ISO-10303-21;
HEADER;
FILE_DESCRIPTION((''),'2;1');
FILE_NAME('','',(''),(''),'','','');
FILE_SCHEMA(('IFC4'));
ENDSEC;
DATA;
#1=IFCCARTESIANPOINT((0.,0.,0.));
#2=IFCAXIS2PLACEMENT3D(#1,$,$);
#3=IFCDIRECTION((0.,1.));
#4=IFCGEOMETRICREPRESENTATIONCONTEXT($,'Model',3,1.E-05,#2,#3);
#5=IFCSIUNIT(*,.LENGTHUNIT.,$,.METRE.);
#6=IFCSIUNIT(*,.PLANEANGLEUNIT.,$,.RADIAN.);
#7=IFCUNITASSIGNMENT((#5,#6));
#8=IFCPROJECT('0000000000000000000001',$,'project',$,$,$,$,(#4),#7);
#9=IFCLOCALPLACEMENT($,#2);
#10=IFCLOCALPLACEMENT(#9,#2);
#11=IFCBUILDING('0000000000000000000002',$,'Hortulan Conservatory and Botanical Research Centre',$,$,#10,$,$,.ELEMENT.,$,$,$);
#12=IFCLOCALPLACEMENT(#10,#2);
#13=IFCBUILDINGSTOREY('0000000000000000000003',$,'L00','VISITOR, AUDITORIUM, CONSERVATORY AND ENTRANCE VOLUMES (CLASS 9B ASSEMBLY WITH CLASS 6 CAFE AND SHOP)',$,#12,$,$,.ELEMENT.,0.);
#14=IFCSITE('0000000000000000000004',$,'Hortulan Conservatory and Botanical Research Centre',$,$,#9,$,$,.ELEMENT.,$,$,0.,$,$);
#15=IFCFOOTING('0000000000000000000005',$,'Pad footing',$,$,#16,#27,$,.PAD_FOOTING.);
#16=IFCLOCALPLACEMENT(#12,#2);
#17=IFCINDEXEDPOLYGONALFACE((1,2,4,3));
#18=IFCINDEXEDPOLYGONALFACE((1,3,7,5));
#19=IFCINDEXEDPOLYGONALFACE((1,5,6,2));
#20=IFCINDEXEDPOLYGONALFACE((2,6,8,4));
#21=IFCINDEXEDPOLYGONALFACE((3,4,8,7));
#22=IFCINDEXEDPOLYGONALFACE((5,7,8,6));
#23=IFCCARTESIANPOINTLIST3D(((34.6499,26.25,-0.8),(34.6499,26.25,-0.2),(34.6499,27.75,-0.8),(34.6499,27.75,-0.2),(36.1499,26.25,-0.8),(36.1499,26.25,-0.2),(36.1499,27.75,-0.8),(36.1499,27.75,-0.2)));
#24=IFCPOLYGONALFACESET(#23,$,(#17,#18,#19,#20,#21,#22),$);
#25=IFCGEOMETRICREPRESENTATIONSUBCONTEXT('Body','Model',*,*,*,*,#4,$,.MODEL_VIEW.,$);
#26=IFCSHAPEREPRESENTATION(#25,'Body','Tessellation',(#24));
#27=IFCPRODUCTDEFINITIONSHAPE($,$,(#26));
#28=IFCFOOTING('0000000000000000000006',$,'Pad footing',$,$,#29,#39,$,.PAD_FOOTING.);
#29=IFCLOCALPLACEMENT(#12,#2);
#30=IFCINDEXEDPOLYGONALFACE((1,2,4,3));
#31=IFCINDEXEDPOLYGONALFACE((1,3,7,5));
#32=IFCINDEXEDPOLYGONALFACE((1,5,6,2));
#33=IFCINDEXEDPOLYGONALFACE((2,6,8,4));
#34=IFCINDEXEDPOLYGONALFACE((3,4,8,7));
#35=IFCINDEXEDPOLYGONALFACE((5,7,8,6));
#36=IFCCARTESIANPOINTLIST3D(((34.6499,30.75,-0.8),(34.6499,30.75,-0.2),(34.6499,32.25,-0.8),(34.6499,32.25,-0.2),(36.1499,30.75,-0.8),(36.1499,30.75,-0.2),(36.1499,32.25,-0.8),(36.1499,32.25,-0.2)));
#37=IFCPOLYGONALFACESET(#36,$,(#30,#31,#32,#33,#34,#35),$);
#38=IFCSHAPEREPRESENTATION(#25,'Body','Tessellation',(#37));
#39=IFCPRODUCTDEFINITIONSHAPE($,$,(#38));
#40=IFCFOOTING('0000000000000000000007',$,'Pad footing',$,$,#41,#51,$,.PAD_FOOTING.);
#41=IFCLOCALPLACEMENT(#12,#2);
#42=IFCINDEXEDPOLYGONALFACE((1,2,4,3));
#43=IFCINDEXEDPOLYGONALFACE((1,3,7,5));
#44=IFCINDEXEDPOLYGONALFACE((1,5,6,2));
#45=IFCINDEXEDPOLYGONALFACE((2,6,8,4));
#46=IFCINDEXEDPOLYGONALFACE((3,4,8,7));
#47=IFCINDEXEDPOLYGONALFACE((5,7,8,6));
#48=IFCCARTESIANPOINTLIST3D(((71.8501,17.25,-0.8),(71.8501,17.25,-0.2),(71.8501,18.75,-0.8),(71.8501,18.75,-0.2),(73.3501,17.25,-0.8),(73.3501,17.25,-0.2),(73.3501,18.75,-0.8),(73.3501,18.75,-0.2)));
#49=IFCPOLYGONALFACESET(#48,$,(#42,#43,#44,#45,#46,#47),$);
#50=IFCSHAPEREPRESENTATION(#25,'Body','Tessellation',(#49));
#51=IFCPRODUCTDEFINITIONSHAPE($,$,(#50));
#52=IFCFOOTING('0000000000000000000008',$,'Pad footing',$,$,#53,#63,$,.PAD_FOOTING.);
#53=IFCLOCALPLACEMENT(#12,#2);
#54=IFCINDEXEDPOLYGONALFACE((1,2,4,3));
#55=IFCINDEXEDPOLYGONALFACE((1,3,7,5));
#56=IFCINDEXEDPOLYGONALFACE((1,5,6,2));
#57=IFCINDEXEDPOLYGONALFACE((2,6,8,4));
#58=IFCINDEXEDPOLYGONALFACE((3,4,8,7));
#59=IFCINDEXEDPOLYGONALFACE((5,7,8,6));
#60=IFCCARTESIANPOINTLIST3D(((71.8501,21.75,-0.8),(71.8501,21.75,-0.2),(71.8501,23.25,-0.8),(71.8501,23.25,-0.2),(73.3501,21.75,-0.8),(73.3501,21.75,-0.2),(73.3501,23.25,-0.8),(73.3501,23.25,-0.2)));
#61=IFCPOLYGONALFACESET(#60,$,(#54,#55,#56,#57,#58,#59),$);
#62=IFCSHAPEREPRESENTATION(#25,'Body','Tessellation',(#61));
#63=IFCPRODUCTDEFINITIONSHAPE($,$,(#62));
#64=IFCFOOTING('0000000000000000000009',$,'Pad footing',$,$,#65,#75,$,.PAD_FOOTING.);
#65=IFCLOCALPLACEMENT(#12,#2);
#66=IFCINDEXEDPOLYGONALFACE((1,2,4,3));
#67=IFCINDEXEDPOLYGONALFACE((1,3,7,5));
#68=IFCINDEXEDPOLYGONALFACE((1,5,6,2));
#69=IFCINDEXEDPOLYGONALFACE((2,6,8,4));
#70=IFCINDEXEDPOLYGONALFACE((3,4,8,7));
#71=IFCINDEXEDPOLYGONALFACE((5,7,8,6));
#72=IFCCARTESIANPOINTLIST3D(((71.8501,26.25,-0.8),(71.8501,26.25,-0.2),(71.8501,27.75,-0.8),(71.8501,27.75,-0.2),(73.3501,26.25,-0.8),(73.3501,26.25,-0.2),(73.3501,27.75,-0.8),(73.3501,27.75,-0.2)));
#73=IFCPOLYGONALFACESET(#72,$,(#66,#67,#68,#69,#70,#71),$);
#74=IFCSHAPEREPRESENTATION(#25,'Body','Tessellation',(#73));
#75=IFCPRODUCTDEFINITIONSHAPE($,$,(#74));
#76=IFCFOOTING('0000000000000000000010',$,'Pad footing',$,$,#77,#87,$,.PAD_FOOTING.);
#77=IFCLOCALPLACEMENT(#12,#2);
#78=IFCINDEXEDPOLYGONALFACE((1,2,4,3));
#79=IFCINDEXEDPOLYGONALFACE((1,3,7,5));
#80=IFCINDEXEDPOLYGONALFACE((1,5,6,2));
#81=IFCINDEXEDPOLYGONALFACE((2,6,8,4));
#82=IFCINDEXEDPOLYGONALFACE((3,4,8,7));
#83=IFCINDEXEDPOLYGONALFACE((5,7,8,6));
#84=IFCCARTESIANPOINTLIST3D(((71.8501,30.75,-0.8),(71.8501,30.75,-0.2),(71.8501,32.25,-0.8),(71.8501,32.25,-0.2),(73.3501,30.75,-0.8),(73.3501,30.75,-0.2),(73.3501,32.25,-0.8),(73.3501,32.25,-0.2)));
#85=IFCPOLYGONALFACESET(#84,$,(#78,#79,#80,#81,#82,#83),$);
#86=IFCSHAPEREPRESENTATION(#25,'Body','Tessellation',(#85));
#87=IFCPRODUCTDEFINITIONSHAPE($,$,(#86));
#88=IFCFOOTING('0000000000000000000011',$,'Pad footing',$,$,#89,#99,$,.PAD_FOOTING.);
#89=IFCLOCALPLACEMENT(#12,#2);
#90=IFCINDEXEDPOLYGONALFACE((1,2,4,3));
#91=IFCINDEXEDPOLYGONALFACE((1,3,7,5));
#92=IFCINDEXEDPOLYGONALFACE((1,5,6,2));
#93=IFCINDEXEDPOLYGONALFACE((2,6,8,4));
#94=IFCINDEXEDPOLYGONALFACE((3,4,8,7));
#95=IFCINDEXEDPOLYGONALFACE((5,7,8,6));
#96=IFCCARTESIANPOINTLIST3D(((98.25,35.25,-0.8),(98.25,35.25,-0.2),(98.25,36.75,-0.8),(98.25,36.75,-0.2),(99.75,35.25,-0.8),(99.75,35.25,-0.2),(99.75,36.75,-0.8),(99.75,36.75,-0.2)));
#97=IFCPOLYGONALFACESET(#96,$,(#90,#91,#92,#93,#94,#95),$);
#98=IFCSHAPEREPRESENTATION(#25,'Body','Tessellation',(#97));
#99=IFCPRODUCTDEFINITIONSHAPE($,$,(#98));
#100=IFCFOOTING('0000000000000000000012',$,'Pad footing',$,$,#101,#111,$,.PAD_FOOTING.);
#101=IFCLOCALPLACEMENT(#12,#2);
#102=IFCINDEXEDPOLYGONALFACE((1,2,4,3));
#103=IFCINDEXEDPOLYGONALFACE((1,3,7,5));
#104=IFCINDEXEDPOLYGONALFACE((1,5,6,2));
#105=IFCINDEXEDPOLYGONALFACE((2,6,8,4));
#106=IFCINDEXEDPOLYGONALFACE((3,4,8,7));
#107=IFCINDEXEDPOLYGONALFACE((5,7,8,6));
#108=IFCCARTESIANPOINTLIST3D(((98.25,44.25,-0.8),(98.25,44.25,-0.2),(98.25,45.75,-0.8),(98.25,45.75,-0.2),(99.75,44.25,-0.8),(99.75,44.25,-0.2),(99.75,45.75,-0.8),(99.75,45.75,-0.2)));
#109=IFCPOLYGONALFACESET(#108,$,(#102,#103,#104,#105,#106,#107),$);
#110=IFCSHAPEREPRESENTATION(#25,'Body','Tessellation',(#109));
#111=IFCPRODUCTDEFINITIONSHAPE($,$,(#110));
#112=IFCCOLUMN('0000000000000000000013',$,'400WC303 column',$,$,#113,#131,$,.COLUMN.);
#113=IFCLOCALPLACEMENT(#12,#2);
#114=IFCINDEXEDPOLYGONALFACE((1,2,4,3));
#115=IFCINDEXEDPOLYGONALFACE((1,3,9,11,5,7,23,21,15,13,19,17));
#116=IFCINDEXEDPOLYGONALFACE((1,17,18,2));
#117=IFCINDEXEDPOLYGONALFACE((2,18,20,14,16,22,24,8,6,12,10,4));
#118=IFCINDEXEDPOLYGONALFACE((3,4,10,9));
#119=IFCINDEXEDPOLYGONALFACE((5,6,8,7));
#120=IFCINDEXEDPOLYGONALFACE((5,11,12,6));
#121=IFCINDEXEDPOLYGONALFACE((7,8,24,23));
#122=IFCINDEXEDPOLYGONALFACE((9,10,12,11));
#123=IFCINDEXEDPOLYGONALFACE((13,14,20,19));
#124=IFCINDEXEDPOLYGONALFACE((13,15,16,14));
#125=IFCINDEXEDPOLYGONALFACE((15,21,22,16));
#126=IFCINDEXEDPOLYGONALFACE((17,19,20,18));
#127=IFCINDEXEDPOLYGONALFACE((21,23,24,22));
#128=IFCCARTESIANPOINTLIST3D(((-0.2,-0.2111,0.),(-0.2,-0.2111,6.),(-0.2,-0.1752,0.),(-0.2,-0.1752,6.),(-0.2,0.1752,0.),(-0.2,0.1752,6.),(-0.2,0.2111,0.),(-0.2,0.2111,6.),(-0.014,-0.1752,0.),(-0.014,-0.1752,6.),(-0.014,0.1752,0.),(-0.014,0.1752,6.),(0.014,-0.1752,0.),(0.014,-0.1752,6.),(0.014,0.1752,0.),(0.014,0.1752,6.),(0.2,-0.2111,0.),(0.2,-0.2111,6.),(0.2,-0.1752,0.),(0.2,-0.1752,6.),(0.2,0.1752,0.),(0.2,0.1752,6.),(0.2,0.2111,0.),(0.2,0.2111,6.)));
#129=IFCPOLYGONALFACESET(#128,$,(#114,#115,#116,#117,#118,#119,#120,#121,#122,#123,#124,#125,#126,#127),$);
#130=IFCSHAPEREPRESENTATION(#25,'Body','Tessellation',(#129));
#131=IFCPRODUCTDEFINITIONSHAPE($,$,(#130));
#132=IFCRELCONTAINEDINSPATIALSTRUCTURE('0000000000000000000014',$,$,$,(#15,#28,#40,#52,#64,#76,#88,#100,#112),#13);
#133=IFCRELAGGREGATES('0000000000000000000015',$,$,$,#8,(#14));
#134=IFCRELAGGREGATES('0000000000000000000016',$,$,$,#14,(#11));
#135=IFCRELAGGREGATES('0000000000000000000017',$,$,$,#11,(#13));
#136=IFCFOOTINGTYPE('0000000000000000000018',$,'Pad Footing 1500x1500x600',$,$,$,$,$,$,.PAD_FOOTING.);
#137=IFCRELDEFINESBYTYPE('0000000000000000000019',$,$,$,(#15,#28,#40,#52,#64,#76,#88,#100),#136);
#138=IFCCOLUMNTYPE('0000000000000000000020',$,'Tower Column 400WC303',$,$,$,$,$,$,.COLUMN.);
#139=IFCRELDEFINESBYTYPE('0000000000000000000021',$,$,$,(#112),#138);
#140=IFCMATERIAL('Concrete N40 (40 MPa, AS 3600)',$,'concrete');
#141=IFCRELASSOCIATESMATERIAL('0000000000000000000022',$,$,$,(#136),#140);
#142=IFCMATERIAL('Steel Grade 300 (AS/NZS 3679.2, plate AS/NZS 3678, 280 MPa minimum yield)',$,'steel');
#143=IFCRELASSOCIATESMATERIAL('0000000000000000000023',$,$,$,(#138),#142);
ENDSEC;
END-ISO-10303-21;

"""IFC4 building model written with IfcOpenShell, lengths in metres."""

from ifc_helpers import new_model, si_unit, direction, frame, origin, origin_with_axes, origin_2d, place, context, subcontext, project, spatial, polyline, i_section, outline, extrude, material, material_profile, profile_set, type_object, element, save


model = new_model("IFC4")

# Units and contexts
model_context = context("Model", 3, precision=1e-05, world=origin(), true_north=direction((0.0, 1.0)))
body_context = subcontext(model_context, "Body", "Model", "MODEL_VIEW")
ifc_project = project(units=[si_unit("LENGTHUNIT", "METRE"), si_unit("PLANEANGLEUNIT", "RADIAN")], contexts=[model_context])

# Site, building, storey
site_placement = place(None, origin())
site = spatial("IfcSite", under=ifc_project, at=site_placement, Name="Hortulan Conservatory and Botanical Research Centre", CompositionType="ELEMENT", RefElevation=0.0)
building_placement = place(site_placement, origin())
building = spatial("IfcBuilding", under=site, at=building_placement, Name="Hortulan Conservatory and Botanical Research Centre", CompositionType="ELEMENT")
storey_placement = place(building_placement, origin())
storey = spatial("IfcBuildingStorey", under=building, at=storey_placement, Name="L00", Description="VISITOR, AUDITORIUM, CONSERVATORY AND ENTRANCE VOLUMES (CLASS 9B ASSEMBLY WITH CLASS 6 CAFE AND SHOP)", CompositionType="ELEMENT", Elevation=0.0)

# Footings
ifc_material_1 = material(Name="Concrete N40 (40 MPa, AS 3600)", Category="concrete")
footing_type = type_object("IfcFootingType", Name="Pad Footing 1500x1500x600", PredefinedType="PAD_FOOTING", material=ifc_material_1)
footing_1_placement = place(storey_placement, frame((0.0, 0.0, -0.8)))
element("IfcFooting", 1, at=footing_1_placement, inside=storey, type_object=footing_type, Name="Pad footing", PredefinedType="PAD_FOOTING", context=body_context, shape_type="SweptSolid", body=[
    extrude(outline(polyline([(36.1499, 26.25), (36.1499, 27.75), (34.6499, 27.75), (34.6499, 26.25), (36.1499, 26.25)])), origin(), (0.0, 0.0, 1.0), 0.6001),
])
footing_2_placement = place(storey_placement, frame((0.0, 0.0, -0.8)))
element("IfcFooting", 2, at=footing_2_placement, inside=storey, type_object=footing_type, Name="Pad footing", PredefinedType="PAD_FOOTING", context=body_context, shape_type="SweptSolid", body=[
    extrude(outline(polyline([(36.1499, 30.75), (36.1499, 32.25), (34.6499, 32.25), (34.6499, 30.75), (36.1499, 30.75)])), origin(), (0.0, 0.0, 1.0), 0.6001),
])
footing_3_placement = place(storey_placement, frame((0.0, 0.0, -0.8)))
element("IfcFooting", 3, at=footing_3_placement, inside=storey, type_object=footing_type, Name="Pad footing", PredefinedType="PAD_FOOTING", context=body_context, shape_type="SweptSolid", body=[
    extrude(outline(polyline([(73.3501, 17.25), (73.3501, 18.75), (71.8501, 18.75), (71.8501, 17.25), (73.3501, 17.25)])), origin(), (0.0, 0.0, 1.0), 0.6001),
])
footing_4_placement = place(storey_placement, frame((0.0, 0.0, -0.8)))
element("IfcFooting", 4, at=footing_4_placement, inside=storey, type_object=footing_type, Name="Pad footing", PredefinedType="PAD_FOOTING", context=body_context, shape_type="SweptSolid", body=[
    extrude(outline(polyline([(73.3501, 21.75), (73.3501, 23.25), (71.8501, 23.25), (71.8501, 21.75), (73.3501, 21.75)])), origin(), (0.0, 0.0, 1.0), 0.6001),
])
footing_5_placement = place(storey_placement, frame((0.0, 0.0, -0.8)))
element("IfcFooting", 5, at=footing_5_placement, inside=storey, type_object=footing_type, Name="Pad footing", PredefinedType="PAD_FOOTING", context=body_context, shape_type="SweptSolid", body=[
    extrude(outline(polyline([(73.3501, 26.25), (73.3501, 27.75), (71.8501, 27.75), (71.8501, 26.25), (73.3501, 26.25)])), origin(), (0.0, 0.0, 1.0), 0.6001),
])
footing_6_placement = place(storey_placement, frame((0.0, 0.0, -0.8)))
element("IfcFooting", 6, at=footing_6_placement, inside=storey, type_object=footing_type, Name="Pad footing", PredefinedType="PAD_FOOTING", context=body_context, shape_type="SweptSolid", body=[
    extrude(outline(polyline([(73.3501, 30.75), (73.3501, 32.25), (71.8501, 32.25), (71.8501, 30.75), (73.3501, 30.75)])), origin(), (0.0, 0.0, 1.0), 0.6001),
])
footing_7_placement = place(storey_placement, frame((0.0, 0.0, -0.8)))
element("IfcFooting", 7, at=footing_7_placement, inside=storey, type_object=footing_type, Name="Pad footing", PredefinedType="PAD_FOOTING", context=body_context, shape_type="SweptSolid", body=[
    extrude(outline(polyline([(99.75, 35.25), (99.75, 36.75), (98.25, 36.75), (98.25, 35.25), (99.75, 35.25)])), origin(), (0.0, 0.0, 1.0), 0.6001),
])
footing_8_placement = place(storey_placement, frame((0.0, 0.0, -0.8)))
element("IfcFooting", 8, at=footing_8_placement, inside=storey, type_object=footing_type, Name="Pad footing", PredefinedType="PAD_FOOTING", context=body_context, shape_type="SweptSolid", body=[
    extrude(outline(polyline([(99.75, 44.25), (99.75, 45.75), (98.25, 45.75), (98.25, 44.25), (99.75, 44.25)])), origin(), (0.0, 0.0, 1.0), 0.6001),
])

# Column
ifc_material_2 = material(Name="Steel Grade 300 (AS/NZS 3679.2, plate AS/NZS 3678, 280 MPa minimum yield)", Category="steel")
ifc_material_profile = material_profile(ifc_material_2, i_section(OverallWidth=0.3999, OverallDepth=0.4221, WebThickness=0.0281, FlangeThickness=0.0359, at=origin_2d()), Name="400WC303")
ifc_profile_set = profile_set([ifc_material_profile], Name="Steel Grade 300 (AS/NZS 3679.2, plate AS/NZS 3678, 280 MPa minimum yield)")
column_type = type_object("IfcColumnType", Name="Tower Column 400WC303", PredefinedType="COLUMN", material=ifc_profile_set)
column_placement = place(storey_placement, origin_with_axes())
element("IfcColumn", 9, at=column_placement, inside=storey, type_object=column_type, Name="400WC303 column", PredefinedType="COLUMN", context=body_context, shape_type="SweptSolid", body=[
    extrude(i_section(OverallWidth=0.3999, OverallDepth=0.4221, WebThickness=0.0281, FlangeThickness=0.0359, at=origin_2d()), origin(), (0.0, 0.0, 1.0), 6.0),
])

save(model, "model.ifc")
